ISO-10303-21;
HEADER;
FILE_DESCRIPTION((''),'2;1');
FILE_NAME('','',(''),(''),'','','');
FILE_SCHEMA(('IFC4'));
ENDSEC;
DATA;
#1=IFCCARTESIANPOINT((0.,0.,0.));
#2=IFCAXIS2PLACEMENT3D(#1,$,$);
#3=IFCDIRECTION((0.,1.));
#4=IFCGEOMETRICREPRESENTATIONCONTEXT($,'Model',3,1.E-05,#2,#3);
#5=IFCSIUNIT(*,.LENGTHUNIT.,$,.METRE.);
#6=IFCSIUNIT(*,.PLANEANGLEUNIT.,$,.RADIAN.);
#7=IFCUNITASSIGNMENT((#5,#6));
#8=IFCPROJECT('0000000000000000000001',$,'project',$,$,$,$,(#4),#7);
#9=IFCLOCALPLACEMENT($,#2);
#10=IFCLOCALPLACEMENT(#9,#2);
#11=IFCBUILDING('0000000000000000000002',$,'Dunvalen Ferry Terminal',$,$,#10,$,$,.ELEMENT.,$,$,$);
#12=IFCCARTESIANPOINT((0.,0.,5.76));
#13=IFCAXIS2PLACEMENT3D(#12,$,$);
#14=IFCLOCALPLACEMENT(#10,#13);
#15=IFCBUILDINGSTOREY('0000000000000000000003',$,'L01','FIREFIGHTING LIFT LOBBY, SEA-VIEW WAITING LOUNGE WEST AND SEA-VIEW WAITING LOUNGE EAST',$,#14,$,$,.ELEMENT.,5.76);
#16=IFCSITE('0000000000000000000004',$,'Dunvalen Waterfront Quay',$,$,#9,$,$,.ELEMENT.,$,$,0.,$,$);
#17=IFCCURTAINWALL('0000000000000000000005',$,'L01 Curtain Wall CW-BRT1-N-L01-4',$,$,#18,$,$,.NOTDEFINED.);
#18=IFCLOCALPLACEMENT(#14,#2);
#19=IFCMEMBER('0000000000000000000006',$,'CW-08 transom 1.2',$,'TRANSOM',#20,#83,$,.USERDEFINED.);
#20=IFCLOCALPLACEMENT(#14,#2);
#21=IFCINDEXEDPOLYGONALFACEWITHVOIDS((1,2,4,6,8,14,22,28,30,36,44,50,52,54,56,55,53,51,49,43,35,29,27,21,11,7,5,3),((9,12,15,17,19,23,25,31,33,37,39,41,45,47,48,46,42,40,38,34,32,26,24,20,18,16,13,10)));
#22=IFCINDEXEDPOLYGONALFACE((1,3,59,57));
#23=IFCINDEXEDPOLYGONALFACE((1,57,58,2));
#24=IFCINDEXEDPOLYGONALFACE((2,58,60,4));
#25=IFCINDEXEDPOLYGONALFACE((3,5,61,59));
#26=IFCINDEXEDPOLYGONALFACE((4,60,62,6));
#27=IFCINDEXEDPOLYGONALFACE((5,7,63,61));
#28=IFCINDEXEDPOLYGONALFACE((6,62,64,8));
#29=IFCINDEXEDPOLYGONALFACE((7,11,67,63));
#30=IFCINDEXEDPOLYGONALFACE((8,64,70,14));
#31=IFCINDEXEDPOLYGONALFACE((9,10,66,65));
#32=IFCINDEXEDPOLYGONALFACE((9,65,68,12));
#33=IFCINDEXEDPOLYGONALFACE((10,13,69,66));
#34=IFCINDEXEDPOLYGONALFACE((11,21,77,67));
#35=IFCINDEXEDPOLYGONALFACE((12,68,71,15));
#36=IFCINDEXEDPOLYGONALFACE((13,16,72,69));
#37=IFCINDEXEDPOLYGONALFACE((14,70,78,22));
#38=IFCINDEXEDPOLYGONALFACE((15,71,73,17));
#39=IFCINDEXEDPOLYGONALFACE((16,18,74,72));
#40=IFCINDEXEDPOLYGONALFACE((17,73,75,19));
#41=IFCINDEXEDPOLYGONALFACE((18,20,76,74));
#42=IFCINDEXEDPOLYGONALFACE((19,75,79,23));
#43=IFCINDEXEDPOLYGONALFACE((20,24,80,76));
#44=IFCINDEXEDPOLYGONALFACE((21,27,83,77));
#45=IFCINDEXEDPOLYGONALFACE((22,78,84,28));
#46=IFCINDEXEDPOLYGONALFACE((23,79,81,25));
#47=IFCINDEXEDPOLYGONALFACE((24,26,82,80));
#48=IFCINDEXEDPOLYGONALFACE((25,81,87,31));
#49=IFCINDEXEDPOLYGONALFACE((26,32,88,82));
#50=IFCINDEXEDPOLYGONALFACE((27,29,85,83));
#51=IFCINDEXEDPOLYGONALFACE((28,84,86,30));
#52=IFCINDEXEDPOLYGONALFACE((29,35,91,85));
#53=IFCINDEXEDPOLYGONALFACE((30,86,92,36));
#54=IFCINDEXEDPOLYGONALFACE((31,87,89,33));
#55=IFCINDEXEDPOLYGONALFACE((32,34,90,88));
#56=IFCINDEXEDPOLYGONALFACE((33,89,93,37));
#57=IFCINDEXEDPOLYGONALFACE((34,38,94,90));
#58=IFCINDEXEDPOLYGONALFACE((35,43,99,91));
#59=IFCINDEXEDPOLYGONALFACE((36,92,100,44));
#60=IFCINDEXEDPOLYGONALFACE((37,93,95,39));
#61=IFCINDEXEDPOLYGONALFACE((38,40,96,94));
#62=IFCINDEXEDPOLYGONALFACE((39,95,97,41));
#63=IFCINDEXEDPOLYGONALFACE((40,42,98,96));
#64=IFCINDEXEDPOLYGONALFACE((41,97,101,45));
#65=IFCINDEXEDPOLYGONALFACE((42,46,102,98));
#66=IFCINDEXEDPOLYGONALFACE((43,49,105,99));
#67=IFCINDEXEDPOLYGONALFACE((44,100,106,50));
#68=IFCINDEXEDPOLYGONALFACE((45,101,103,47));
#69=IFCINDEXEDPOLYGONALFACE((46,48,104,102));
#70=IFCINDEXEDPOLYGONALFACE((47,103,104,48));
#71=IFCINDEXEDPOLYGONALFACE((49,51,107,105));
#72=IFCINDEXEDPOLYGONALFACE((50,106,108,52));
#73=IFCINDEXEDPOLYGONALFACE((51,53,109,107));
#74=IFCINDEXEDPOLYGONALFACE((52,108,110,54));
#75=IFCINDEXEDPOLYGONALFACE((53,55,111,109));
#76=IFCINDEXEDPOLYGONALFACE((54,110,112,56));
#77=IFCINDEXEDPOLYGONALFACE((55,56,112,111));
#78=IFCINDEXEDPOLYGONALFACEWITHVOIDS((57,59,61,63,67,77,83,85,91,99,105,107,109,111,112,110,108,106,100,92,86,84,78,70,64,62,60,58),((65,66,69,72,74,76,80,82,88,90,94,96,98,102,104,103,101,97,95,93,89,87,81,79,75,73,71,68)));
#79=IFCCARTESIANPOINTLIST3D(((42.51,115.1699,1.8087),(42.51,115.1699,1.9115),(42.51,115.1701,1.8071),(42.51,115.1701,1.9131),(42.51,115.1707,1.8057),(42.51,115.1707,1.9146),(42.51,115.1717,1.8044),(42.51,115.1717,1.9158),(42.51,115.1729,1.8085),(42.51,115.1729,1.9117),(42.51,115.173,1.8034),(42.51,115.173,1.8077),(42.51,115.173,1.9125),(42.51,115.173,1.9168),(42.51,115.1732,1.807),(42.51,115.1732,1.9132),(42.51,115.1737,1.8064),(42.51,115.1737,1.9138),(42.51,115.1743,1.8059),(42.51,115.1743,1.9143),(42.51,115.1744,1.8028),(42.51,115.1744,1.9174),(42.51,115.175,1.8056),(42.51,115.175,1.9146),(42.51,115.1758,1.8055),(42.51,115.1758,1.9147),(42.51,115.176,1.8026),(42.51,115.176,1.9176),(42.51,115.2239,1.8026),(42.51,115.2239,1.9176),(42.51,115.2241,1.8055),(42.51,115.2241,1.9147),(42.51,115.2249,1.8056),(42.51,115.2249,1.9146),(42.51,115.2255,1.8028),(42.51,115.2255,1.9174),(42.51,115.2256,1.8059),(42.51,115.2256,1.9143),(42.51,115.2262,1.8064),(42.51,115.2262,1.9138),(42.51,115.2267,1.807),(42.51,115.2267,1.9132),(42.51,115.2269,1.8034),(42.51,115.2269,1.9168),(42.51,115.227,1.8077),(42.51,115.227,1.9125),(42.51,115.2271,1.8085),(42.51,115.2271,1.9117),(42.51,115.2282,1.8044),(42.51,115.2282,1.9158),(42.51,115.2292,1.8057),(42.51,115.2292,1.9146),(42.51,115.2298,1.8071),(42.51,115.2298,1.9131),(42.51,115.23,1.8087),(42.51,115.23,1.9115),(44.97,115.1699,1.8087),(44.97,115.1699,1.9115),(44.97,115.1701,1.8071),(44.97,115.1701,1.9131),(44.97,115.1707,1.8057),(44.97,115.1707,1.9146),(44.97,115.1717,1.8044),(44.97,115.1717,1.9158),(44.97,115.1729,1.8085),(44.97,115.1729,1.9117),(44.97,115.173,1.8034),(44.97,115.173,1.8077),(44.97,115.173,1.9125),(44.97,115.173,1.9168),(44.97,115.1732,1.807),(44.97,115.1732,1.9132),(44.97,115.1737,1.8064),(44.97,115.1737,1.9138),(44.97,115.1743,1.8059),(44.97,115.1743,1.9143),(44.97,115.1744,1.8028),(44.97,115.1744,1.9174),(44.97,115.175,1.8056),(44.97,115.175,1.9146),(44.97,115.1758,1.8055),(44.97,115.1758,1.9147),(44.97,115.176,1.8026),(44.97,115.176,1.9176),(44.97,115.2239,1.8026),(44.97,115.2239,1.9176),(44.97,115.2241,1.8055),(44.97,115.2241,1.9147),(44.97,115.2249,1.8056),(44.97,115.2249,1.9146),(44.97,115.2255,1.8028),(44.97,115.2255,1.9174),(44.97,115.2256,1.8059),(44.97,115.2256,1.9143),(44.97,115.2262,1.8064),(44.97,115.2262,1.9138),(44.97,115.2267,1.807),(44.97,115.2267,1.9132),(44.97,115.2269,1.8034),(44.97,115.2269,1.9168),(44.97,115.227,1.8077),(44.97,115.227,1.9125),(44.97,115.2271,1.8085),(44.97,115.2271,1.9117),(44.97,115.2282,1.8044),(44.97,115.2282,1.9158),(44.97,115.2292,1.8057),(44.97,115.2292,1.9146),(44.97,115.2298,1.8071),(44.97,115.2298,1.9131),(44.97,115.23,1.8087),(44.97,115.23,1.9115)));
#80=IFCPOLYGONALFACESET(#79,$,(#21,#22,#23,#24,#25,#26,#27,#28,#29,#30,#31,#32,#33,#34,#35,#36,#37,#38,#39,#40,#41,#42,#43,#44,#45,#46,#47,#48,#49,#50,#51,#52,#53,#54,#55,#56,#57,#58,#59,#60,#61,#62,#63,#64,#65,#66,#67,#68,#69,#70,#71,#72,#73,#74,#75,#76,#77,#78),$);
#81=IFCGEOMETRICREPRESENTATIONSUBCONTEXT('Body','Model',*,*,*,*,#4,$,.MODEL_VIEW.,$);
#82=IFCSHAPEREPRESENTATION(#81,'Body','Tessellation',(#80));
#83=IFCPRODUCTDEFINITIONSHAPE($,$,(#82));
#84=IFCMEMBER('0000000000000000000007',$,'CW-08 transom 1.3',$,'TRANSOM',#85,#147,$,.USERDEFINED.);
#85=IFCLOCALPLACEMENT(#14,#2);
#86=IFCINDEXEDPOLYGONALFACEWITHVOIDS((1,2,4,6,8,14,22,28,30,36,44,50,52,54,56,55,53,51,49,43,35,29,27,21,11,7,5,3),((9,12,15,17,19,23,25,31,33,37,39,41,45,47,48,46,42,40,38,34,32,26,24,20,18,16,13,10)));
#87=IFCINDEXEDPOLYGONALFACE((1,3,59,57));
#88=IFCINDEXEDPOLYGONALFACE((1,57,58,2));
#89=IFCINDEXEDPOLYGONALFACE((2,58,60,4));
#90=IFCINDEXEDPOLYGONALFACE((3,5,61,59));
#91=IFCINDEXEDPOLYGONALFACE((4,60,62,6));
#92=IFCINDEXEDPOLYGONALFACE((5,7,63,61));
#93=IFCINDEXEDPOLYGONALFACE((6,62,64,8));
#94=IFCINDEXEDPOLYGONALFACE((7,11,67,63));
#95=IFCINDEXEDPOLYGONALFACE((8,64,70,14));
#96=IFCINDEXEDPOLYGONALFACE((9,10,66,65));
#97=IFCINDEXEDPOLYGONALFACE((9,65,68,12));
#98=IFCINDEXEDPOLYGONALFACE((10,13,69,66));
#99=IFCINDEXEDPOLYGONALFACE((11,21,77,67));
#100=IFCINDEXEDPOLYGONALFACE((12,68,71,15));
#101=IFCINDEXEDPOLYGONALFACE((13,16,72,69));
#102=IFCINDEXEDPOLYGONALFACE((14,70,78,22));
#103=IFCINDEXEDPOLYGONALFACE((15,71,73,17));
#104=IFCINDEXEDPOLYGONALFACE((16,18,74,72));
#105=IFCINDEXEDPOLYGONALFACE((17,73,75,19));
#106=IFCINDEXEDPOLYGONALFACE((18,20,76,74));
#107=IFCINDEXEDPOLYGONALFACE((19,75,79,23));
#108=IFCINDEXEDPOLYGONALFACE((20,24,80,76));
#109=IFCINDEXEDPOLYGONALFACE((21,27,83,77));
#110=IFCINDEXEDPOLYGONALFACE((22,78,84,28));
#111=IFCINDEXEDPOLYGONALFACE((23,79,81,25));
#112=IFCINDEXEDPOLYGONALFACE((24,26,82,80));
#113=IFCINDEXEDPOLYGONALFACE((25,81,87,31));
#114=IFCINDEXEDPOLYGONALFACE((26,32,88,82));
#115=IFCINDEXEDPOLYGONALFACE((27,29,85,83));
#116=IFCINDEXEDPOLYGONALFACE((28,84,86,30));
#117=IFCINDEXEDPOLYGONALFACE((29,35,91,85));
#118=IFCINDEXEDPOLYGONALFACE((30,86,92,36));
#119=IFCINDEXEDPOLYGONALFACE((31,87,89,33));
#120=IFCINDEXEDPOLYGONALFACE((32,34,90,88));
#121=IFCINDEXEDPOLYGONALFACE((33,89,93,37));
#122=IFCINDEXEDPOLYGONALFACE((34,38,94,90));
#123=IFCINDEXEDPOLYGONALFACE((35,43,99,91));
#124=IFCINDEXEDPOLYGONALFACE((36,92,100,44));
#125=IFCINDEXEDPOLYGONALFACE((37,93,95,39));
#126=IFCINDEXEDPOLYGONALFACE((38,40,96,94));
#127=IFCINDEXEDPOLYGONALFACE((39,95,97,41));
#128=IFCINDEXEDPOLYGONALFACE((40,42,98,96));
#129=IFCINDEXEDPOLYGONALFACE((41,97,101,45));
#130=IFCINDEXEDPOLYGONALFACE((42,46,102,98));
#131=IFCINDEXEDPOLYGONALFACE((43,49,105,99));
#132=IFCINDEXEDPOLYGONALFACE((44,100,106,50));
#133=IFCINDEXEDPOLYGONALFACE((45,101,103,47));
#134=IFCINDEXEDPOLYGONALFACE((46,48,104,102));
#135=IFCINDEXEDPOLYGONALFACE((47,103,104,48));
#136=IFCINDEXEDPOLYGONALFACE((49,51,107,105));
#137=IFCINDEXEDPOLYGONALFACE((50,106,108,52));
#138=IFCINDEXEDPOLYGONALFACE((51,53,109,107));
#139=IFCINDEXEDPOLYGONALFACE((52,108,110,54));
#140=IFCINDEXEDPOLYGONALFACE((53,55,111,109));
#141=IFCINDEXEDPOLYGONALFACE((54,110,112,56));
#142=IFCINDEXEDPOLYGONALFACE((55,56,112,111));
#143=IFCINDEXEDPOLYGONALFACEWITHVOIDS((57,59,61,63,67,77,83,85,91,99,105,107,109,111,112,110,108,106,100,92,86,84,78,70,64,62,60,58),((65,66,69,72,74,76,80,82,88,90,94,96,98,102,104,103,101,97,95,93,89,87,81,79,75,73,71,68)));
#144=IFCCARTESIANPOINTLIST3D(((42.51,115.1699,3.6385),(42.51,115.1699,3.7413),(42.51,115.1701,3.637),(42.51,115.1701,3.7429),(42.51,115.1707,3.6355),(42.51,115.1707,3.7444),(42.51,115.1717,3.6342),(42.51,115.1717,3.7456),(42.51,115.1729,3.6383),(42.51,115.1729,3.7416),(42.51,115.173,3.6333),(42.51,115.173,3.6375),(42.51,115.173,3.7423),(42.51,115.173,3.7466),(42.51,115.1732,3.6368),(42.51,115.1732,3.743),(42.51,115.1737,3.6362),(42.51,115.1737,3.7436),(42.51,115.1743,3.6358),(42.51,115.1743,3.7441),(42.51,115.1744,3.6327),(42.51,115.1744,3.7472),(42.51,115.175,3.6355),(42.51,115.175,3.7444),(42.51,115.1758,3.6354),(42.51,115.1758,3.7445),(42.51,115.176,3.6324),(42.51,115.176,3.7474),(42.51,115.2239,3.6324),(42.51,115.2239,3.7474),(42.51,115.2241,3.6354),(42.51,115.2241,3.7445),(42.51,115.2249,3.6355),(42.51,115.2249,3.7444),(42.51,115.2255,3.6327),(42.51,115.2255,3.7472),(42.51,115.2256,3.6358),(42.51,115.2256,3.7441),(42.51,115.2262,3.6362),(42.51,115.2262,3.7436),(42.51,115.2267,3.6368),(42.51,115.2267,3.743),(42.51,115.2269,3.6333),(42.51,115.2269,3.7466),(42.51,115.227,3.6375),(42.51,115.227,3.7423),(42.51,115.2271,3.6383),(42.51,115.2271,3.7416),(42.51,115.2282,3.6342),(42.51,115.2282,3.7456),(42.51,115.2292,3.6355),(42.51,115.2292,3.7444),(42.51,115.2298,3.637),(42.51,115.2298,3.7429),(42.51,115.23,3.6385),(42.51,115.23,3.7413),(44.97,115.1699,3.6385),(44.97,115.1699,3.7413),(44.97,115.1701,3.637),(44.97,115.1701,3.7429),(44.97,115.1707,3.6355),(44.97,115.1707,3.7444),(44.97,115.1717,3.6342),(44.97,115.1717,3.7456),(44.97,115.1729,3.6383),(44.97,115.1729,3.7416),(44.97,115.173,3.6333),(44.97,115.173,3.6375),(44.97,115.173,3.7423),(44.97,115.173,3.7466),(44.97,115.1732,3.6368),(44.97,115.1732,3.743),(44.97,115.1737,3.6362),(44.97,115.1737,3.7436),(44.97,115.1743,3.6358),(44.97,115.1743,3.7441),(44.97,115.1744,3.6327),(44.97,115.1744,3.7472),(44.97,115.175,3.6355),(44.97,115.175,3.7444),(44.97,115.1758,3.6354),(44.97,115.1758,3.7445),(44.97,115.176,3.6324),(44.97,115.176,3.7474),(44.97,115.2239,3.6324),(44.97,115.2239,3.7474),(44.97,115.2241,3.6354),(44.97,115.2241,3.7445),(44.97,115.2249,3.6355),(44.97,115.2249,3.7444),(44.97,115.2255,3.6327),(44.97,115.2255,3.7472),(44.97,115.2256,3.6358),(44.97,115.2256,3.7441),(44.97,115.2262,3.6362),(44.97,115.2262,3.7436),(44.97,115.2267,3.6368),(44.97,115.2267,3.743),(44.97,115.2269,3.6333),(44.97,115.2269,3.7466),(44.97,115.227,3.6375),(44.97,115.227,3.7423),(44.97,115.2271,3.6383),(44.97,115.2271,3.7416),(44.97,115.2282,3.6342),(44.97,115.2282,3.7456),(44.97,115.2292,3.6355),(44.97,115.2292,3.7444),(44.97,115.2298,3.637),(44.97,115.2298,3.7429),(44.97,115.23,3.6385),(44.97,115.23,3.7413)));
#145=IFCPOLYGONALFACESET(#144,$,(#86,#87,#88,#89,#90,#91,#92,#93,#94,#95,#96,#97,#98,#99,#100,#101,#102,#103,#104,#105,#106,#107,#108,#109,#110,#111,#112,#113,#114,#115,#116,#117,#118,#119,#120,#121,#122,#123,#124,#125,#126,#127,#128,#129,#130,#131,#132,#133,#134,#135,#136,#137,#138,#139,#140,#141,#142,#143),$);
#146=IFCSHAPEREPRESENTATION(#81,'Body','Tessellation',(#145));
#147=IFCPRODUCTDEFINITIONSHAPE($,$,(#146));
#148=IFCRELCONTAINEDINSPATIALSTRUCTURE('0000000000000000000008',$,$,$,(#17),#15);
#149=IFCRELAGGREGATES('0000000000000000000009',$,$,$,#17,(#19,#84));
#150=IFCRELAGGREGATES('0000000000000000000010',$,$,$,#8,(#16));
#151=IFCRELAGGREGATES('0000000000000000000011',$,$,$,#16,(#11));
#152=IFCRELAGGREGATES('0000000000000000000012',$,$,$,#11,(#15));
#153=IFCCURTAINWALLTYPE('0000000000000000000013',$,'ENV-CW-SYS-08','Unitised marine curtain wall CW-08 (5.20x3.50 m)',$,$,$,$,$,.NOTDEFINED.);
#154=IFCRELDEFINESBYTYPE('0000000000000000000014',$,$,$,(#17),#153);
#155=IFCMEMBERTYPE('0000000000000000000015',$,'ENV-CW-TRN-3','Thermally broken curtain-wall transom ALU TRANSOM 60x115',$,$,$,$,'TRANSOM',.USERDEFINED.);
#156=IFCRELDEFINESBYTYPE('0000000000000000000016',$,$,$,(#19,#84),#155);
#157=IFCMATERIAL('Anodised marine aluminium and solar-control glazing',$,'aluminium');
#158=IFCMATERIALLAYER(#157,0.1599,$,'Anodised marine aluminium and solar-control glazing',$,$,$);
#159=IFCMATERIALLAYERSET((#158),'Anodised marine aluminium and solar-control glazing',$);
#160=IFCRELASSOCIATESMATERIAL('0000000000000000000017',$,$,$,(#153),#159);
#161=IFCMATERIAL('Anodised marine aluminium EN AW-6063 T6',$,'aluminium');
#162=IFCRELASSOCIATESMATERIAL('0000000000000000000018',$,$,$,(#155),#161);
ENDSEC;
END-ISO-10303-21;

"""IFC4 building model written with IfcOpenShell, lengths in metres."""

from ifc_helpers import new_model, si_unit, direction, frame, origin, origin_2d, place, context, subcontext, project, spatial, hollow_rectangle, extrude, material, layer, layer_set, material_profile, profile_set, type_object, element, aggregate, save


model = new_model("IFC4")

# Units and contexts
model_context = context("Model", 3, precision=1e-05, world=origin(), true_north=direction((0.0, 1.0)))
body_context = subcontext(model_context, "Body", "Model", "MODEL_VIEW")
ifc_project = project(units=[si_unit("LENGTHUNIT", "METRE"), si_unit("PLANEANGLEUNIT", "RADIAN")], contexts=[model_context])

# Site, building, storey
site_placement = place(None, origin())
site = spatial("IfcSite", under=ifc_project, at=site_placement, Name="Dunvalen Waterfront Quay", CompositionType="ELEMENT", RefElevation=0.0)
building_placement = place(site_placement, origin())
building = spatial("IfcBuilding", under=site, at=building_placement, Name="Dunvalen Ferry Terminal", CompositionType="ELEMENT")
storey_placement = place(building_placement, frame((0.0, 0.0, 5.76)))
storey = spatial("IfcBuildingStorey", under=building, at=storey_placement, Name="L01", Description="FIREFIGHTING LIFT LOBBY, SEA-VIEW WAITING LOUNGE WEST AND SEA-VIEW WAITING LOUNGE EAST", CompositionType="ELEMENT", Elevation=5.76)

# Curtain wall, members
ifc_material_1 = material(Name="Anodised marine aluminium and solar-control glazing", Category="aluminium")
ifc_layer_1 = layer(ifc_material_1, 0.1599, Name="Anodised marine aluminium and solar-control glazing")
ifc_layer_set_1 = layer_set([ifc_layer_1], Name="Anodised marine aluminium and solar-control glazing")
curtain_wall_type = type_object("IfcCurtainWallType", Name="ENV-CW-SYS-08", Description="Unitised marine curtain wall CW-08 (5.20x3.50 m)", PredefinedType="NOTDEFINED", material=ifc_layer_set_1)
curtain_wall_placement = place(storey_placement, origin())
curtain_wall = element("IfcCurtainWall", 1, at=curtain_wall_placement, inside=storey, type_object=curtain_wall_type, Name="L01 Curtain Wall CW-BRT1-N-L01-4", PredefinedType="NOTDEFINED")
ifc_material_2 = material(Name="Anodised marine aluminium EN AW-6063 T6", Category="aluminium")
ifc_material_profile_1 = material_profile(ifc_material_2, hollow_rectangle(XDim=0.0601, YDim=0.115, WallThickness=0.0029, InnerFilletRadius=0.0029, OuterFilletRadius=0.0061, at=origin_2d()), Name="Anodised marine aluminium EN AW-6063 T6")
ifc_profile_set_1 = profile_set([ifc_material_profile_1], Name="Anodised marine aluminium EN AW-6063 T6")
member_type_1 = type_object("IfcMemberType", Name="ENV-CW-TRN-3", Description="Thermally broken curtain-wall transom ALU TRANSOM 60x115", ElementType="TRANSOM", PredefinedType="USERDEFINED", material=ifc_profile_set_1)
member_1_placement = place(storey_placement, frame((42.51, 115.2, 1.8601), z_axis=(1.0, 0.0, 0.0), x_axis=(0.0, 1.0, 0.0)))
member_1 = element("IfcMember", 2, at=member_1_placement, type_object=member_type_1, Name="CW-08 transom 1.2", ObjectType="TRANSOM", PredefinedType="USERDEFINED", context=body_context, shape_type="SweptSolid", body=[
    extrude(hollow_rectangle(XDim=0.0601, YDim=0.115, WallThickness=0.0029, InnerFilletRadius=0.0029, OuterFilletRadius=0.0061, at=origin_2d()), origin(), (0.0, 0.0, 1.0), 2.46),
])
member_2_placement = place(storey_placement, frame((42.51, 115.2, 3.6899), z_axis=(1.0, 0.0, 0.0), x_axis=(0.0, 1.0, 0.0)))
member_2 = element("IfcMember", 3, at=member_2_placement, type_object=member_type_1, Name="CW-08 transom 1.3", ObjectType="TRANSOM", PredefinedType="USERDEFINED", context=body_context, shape_type="SweptSolid", body=[
    extrude(hollow_rectangle(XDim=0.0601, YDim=0.115, WallThickness=0.0029, InnerFilletRadius=0.0029, OuterFilletRadius=0.0061, at=origin_2d()), origin(), (0.0, 0.0, 1.0), 2.46),
])
aggregate(curtain_wall, [member_1, member_2])

save(model, "model.ifc")
